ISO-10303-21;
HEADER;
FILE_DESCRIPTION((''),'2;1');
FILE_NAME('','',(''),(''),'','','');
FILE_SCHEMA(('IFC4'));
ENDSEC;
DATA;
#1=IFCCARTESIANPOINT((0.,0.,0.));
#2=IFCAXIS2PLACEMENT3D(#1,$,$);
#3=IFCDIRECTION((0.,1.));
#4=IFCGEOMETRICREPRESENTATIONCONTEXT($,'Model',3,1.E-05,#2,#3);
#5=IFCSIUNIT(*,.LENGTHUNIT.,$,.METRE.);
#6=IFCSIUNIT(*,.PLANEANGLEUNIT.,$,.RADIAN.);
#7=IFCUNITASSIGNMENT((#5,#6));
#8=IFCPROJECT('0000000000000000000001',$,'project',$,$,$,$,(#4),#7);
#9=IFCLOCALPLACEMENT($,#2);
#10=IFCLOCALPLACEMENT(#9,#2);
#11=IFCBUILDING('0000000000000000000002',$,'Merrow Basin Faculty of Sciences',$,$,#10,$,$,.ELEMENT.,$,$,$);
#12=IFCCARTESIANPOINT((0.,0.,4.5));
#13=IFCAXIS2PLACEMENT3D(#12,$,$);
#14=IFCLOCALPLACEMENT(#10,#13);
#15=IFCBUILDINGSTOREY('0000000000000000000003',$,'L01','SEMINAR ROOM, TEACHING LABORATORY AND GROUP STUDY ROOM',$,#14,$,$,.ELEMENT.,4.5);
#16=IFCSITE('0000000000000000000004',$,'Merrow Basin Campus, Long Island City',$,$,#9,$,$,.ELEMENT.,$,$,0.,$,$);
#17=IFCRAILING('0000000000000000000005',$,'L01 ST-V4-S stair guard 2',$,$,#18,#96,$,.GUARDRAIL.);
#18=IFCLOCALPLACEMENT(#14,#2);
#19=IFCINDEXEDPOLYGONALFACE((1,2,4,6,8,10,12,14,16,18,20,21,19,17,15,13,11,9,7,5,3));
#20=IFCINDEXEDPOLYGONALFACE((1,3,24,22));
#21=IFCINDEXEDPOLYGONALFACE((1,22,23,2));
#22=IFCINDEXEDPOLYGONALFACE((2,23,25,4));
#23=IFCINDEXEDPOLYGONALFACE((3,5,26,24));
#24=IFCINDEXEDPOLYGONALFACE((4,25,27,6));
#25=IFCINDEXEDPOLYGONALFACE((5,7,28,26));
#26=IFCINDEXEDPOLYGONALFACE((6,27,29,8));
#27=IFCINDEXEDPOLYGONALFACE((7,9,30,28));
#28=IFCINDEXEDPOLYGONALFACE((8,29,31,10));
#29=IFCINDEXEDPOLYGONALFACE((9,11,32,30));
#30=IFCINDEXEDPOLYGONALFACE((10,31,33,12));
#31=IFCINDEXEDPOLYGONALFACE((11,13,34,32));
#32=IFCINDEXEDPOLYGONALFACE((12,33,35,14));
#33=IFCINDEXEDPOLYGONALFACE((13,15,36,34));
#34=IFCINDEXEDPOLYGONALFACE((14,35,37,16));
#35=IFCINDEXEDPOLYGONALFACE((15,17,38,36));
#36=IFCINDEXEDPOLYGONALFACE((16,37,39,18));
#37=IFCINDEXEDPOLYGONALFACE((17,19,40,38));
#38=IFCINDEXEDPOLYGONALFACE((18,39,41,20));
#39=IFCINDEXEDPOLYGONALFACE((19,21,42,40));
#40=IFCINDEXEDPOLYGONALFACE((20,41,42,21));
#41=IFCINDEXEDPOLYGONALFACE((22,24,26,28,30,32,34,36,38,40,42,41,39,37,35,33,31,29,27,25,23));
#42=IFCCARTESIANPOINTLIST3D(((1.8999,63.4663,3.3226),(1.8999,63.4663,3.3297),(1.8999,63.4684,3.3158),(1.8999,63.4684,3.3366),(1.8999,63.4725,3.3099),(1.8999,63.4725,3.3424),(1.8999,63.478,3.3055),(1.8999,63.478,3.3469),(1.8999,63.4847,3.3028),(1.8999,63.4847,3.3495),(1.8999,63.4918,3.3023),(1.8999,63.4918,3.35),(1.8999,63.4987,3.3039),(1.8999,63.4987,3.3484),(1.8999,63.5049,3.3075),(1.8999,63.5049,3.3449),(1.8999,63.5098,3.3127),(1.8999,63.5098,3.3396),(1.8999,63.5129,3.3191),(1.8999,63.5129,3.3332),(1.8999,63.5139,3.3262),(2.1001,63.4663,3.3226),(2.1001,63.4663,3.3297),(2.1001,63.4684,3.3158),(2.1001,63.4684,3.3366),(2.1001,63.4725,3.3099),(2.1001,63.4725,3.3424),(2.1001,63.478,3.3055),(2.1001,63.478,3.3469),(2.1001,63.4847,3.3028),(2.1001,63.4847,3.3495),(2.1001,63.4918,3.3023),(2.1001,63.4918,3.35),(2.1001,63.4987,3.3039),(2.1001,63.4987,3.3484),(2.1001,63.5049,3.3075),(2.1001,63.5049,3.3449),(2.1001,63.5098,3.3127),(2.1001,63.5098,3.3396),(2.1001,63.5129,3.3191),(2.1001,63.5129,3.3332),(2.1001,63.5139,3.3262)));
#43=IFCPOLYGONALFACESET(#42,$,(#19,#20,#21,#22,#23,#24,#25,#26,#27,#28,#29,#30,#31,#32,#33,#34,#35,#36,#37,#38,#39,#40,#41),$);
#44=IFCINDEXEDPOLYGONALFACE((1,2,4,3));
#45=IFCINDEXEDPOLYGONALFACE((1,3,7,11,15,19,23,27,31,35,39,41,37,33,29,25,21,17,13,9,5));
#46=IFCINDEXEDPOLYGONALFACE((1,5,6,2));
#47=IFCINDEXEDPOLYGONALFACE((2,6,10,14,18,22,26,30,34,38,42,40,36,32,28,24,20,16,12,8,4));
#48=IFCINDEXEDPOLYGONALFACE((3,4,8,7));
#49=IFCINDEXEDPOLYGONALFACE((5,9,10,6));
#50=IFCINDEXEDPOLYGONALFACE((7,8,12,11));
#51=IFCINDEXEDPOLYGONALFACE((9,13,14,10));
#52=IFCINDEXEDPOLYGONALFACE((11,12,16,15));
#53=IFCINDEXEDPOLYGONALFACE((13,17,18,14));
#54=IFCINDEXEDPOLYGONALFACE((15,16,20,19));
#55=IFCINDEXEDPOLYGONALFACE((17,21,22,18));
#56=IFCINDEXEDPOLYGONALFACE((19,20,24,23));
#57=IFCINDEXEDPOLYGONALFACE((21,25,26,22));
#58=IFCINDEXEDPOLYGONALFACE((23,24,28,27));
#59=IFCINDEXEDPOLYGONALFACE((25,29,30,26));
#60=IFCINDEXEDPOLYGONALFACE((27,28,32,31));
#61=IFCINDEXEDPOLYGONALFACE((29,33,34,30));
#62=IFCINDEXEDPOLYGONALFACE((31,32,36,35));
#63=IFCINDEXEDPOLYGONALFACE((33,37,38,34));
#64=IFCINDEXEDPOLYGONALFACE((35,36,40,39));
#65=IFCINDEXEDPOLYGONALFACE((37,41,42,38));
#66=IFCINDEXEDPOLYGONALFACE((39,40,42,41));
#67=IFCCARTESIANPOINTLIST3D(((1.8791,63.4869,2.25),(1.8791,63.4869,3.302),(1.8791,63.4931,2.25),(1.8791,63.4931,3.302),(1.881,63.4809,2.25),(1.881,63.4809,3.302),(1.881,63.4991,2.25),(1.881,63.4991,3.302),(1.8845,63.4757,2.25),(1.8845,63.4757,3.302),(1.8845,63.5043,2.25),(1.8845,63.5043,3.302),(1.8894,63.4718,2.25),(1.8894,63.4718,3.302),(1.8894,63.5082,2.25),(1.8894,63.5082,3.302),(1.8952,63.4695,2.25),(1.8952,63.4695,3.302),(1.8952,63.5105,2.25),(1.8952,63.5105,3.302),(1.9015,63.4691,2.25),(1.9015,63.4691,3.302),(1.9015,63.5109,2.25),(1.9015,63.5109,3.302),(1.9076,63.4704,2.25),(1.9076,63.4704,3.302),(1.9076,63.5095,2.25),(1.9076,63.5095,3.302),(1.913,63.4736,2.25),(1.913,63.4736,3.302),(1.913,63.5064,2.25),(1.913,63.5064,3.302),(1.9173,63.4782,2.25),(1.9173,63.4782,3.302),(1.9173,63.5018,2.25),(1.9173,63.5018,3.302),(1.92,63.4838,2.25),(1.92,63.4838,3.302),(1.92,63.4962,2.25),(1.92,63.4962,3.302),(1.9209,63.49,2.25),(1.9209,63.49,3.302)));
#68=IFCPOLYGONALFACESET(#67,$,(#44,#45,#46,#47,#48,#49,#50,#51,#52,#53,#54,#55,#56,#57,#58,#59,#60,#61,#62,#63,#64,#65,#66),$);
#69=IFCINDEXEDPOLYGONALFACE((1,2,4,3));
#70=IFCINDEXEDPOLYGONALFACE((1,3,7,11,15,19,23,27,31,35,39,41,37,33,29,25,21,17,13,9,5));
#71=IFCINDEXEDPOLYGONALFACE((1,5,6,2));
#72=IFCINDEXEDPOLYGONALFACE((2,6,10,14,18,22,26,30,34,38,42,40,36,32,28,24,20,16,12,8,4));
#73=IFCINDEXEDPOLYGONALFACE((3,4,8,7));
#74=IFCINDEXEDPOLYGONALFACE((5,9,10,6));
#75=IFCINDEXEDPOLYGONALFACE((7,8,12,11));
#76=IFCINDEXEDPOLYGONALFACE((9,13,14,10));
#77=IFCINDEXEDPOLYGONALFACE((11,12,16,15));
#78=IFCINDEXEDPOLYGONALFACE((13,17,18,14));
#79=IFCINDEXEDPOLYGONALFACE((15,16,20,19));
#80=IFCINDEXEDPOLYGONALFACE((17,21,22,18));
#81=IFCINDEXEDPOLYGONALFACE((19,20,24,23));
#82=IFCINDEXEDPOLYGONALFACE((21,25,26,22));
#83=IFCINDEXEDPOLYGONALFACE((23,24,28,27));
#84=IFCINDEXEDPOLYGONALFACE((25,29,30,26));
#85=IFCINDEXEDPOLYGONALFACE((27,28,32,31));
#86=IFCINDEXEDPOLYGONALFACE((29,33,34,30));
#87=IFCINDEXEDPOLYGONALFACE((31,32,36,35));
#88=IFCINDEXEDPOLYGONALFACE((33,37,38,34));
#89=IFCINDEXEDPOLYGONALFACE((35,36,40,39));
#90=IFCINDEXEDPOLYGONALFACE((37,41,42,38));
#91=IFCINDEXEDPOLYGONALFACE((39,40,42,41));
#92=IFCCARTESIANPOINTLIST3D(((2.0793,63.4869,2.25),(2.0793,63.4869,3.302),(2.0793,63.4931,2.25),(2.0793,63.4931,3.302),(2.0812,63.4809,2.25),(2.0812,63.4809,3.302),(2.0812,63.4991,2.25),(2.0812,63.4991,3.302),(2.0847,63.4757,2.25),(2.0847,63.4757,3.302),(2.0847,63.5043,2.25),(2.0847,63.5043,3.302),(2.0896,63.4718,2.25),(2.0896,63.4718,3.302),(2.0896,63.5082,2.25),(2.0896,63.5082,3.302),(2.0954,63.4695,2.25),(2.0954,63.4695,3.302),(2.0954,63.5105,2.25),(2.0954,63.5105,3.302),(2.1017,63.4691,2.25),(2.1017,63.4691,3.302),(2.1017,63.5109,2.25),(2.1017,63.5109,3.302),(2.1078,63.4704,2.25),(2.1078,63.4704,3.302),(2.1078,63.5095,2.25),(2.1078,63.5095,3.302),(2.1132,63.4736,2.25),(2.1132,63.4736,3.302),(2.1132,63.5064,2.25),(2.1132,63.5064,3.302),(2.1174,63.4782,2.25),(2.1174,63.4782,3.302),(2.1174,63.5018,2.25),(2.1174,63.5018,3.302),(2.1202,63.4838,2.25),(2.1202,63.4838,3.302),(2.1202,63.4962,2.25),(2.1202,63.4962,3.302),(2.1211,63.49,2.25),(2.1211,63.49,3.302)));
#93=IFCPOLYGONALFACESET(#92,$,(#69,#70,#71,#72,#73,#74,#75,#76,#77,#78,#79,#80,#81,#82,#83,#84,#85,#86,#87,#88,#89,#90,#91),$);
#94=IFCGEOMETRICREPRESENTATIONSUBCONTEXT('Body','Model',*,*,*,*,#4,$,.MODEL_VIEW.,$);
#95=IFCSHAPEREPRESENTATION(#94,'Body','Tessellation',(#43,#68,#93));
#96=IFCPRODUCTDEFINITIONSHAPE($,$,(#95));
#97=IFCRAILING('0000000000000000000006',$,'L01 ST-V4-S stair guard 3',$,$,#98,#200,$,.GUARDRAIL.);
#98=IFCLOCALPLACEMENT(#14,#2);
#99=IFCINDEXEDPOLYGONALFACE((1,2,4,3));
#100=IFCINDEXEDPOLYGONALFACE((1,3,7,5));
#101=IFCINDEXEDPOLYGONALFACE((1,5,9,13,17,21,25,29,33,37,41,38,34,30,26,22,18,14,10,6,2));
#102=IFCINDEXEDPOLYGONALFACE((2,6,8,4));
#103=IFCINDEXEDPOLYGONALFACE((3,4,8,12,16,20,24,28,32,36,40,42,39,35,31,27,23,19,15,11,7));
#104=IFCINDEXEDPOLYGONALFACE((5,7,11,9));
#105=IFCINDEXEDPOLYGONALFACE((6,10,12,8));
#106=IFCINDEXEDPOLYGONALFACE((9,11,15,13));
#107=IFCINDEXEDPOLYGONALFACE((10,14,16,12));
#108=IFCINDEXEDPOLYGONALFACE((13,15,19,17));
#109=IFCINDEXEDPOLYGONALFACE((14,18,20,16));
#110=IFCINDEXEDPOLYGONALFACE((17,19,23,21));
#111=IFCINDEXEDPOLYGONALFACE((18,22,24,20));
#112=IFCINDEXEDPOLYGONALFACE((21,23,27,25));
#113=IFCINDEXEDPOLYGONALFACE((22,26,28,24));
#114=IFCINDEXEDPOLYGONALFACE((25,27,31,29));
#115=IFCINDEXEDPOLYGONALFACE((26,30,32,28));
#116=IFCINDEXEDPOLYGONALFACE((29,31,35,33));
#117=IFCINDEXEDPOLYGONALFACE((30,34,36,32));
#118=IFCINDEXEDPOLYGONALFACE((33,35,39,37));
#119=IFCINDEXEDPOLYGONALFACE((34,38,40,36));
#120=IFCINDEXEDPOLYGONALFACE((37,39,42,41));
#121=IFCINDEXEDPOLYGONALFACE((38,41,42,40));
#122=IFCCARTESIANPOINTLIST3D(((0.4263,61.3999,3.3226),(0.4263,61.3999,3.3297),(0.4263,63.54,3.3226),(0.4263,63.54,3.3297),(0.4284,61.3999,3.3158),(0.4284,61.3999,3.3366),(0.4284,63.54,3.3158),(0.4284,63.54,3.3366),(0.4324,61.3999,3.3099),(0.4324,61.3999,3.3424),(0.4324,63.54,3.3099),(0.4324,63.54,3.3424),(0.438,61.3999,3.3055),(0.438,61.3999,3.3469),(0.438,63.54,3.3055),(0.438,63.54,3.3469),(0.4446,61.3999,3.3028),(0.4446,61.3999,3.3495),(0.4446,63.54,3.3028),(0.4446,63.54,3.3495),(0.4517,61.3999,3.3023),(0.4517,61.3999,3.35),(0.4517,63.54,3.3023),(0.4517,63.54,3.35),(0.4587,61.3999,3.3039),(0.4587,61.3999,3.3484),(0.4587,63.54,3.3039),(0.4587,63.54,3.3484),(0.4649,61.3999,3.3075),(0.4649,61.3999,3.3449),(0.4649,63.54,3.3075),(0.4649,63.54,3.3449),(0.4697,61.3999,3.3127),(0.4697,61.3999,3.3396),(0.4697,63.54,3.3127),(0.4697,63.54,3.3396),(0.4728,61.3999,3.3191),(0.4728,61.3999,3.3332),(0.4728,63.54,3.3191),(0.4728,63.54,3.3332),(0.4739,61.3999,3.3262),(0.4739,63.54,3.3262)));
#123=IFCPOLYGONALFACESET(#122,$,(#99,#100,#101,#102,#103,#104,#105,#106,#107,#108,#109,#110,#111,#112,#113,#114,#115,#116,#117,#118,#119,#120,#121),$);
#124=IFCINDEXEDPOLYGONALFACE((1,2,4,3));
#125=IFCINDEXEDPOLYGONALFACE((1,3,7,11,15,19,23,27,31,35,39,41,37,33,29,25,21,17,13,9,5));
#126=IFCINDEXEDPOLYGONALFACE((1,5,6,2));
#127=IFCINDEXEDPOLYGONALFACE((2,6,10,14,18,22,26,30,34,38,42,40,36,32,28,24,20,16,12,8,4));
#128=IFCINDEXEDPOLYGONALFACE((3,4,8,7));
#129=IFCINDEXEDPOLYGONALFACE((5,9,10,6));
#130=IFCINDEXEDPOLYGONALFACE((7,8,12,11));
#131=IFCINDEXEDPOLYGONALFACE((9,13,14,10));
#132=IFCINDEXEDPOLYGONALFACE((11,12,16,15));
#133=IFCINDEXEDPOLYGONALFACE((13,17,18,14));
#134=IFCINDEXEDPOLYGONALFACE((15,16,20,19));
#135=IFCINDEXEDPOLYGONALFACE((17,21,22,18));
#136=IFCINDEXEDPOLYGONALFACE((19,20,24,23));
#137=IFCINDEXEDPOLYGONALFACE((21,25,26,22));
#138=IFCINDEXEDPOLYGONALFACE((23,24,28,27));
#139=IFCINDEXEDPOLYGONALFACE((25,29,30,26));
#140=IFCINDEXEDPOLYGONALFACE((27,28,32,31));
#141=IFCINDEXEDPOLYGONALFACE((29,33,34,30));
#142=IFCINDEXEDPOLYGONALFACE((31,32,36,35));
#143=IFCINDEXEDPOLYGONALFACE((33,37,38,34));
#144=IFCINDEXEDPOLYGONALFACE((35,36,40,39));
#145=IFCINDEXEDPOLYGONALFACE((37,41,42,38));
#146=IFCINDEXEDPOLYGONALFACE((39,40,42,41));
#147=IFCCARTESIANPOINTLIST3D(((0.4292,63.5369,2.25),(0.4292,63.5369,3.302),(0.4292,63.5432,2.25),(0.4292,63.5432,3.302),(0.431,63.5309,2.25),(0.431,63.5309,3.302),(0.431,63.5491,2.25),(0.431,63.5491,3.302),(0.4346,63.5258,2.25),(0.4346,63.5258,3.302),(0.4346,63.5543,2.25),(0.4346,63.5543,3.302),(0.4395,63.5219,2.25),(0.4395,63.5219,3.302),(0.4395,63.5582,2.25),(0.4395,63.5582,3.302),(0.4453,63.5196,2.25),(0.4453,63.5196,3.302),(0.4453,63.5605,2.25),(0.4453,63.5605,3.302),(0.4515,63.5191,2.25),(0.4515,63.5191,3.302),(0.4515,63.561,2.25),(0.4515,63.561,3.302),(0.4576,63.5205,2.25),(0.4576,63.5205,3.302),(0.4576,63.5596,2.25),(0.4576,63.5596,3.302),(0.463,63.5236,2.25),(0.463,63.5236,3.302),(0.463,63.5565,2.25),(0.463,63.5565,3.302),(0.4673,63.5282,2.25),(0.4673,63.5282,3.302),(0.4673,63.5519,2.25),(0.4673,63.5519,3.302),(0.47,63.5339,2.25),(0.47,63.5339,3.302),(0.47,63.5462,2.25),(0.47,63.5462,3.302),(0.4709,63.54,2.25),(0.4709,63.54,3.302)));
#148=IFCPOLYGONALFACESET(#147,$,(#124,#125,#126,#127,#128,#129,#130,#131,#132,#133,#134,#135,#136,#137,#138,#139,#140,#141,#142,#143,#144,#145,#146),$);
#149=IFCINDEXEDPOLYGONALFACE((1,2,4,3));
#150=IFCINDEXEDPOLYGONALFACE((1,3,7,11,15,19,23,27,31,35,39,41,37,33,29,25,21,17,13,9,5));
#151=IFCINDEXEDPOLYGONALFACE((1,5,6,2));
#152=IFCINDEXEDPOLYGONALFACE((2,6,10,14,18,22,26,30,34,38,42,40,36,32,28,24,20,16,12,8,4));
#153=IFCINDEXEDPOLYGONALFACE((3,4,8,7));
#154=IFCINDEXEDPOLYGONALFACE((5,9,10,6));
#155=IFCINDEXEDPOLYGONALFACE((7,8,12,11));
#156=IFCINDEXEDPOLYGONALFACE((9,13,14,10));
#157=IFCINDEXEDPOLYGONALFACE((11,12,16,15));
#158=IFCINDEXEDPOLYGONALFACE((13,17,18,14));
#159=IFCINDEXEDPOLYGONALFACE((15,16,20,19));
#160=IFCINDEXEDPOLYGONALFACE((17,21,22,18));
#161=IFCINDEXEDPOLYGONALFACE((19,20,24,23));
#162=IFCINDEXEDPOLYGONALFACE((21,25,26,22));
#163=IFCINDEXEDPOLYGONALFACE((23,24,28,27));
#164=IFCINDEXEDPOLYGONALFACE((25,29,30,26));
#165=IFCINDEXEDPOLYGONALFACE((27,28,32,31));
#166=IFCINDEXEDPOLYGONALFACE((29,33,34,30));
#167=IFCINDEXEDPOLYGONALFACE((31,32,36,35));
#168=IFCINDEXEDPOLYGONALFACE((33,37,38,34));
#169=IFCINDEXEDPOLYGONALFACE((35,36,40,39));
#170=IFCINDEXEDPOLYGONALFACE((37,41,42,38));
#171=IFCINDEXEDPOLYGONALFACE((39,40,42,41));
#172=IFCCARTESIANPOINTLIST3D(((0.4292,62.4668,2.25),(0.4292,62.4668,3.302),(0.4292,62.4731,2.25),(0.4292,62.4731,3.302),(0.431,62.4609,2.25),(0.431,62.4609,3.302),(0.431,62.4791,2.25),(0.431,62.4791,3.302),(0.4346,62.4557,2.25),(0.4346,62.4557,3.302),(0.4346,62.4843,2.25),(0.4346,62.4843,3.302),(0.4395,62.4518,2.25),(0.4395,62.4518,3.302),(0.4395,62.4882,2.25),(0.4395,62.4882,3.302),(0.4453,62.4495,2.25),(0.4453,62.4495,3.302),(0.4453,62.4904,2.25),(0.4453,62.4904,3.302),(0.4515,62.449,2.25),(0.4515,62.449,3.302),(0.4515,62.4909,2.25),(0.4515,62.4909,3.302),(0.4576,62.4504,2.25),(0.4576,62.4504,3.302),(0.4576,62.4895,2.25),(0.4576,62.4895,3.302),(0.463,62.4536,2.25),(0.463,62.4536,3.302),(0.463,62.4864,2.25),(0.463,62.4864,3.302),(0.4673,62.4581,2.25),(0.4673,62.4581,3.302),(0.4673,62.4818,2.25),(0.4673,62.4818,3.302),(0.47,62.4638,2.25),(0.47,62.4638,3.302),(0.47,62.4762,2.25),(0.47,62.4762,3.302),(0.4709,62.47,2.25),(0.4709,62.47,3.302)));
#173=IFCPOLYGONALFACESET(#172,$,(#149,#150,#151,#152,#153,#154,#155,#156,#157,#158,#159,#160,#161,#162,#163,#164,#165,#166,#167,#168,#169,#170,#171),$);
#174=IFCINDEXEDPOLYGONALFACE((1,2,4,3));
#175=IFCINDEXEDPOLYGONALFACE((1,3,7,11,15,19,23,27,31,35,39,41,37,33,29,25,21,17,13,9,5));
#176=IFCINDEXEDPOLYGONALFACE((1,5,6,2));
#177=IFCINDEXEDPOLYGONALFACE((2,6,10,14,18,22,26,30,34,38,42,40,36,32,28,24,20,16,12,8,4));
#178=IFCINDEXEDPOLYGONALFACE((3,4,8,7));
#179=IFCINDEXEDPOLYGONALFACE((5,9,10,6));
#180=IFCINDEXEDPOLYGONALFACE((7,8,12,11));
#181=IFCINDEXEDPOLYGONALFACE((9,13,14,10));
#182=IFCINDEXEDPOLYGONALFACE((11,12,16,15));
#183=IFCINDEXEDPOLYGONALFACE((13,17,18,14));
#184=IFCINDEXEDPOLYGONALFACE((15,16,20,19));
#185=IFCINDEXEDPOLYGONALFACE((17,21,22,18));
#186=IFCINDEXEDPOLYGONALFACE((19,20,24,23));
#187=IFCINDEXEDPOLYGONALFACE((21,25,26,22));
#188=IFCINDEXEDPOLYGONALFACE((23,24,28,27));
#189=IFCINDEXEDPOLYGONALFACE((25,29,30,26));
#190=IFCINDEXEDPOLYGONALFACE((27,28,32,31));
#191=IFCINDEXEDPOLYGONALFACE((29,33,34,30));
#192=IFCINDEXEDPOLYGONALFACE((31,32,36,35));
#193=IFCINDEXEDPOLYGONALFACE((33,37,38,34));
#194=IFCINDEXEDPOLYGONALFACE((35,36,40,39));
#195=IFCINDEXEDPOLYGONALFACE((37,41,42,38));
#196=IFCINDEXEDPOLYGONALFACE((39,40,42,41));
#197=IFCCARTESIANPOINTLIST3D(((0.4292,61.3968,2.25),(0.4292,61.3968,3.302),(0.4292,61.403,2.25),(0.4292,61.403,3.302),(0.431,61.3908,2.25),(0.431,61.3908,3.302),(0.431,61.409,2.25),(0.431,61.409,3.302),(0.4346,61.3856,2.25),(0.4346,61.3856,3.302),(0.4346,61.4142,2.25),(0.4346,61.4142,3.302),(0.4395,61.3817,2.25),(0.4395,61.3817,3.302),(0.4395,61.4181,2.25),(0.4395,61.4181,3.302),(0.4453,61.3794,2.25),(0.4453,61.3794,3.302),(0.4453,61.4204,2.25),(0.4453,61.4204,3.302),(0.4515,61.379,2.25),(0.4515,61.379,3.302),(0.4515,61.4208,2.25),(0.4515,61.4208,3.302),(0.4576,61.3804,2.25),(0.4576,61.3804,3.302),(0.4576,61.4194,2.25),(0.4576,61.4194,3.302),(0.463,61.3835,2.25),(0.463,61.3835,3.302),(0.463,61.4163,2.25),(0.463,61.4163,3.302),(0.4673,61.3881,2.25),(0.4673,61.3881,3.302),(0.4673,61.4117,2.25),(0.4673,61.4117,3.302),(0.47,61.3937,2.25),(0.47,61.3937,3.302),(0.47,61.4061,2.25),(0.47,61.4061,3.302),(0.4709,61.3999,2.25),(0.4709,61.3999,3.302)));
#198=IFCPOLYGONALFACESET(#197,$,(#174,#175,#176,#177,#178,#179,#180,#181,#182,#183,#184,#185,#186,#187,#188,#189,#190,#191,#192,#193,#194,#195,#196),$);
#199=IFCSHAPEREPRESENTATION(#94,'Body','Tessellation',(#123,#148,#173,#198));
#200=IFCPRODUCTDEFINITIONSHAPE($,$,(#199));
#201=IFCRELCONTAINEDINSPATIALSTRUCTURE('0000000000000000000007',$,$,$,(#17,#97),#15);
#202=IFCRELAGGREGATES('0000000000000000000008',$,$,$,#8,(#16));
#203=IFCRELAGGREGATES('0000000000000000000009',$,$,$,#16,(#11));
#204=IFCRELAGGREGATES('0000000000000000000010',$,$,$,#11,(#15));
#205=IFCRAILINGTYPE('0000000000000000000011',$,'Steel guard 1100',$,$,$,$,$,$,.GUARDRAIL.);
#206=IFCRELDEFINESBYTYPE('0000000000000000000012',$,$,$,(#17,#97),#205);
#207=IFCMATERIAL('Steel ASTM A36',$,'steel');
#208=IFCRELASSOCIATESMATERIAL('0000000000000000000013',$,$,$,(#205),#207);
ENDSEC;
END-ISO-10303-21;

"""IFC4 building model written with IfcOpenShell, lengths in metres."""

from ifc_helpers import new_model, si_unit, direction, frame, origin, origin_2d, place, context, subcontext, project, spatial, circle, extrude, material, type_object, element, save


model = new_model("IFC4")

# Units and contexts
model_context = context("Model", 3, precision=1e-05, world=origin(), true_north=direction((0.0, 1.0)))
body_context = subcontext(model_context, "Body", "Model", "MODEL_VIEW")
ifc_project = project(units=[si_unit("LENGTHUNIT", "METRE"), si_unit("PLANEANGLEUNIT", "RADIAN")], contexts=[model_context])

# Site, building, storey
site_placement = place(None, origin())
site = spatial("IfcSite", under=ifc_project, at=site_placement, Name="Merrow Basin Campus, Long Island City", CompositionType="ELEMENT", RefElevation=0.0)
building_placement = place(site_placement, origin())
building = spatial("IfcBuilding", under=site, at=building_placement, Name="Merrow Basin Faculty of Sciences", CompositionType="ELEMENT")
storey_placement = place(building_placement, frame((0.0, 0.0, 4.5)))
storey = spatial("IfcBuildingStorey", under=building, at=storey_placement, Name="L01", Description="SEMINAR ROOM, TEACHING LABORATORY AND GROUP STUDY ROOM", CompositionType="ELEMENT", Elevation=4.5)

# Railings
ifc_material_1 = material(Name="Steel ASTM A36", Category="steel")
railing_type_1 = type_object("IfcRailingType", Name="Steel guard 1100", PredefinedType="GUARDRAIL", material=ifc_material_1)
railing_1_placement = place(storey_placement, frame((1.8999, 63.49, 2.25)))
element("IfcRailing", 1, at=railing_1_placement, inside=storey, type_object=railing_type_1, Name="L01 ST-V4-S stair guard 2", PredefinedType="GUARDRAIL", context=body_context, shape_type="SweptSolid", body=[
    extrude(circle(Radius=0.0239, at=origin_2d()), frame((0.0, 0.0, 1.0762), z_axis=(1.0, 0.0, 0.0), x_axis=(0.0, 1.0, 0.0)), (0.0, 0.0, 1.0), 0.2002),
    extrude(circle(Radius=0.021, at=origin_2d()), origin(), (0.0, 0.0, 1.0), 1.052),
    extrude(circle(Radius=0.021, at=origin_2d()), frame((0.2002, 0.0, 0.0)), (0.0, 0.0, 1.0), 1.052),
])
railing_2_placement = place(storey_placement, frame((0.45, 63.54, 2.25)))
element("IfcRailing", 2, at=railing_2_placement, inside=storey, type_object=railing_type_1, Name="L01 ST-V4-S stair guard 3", PredefinedType="GUARDRAIL", context=body_context, shape_type="SweptSolid", body=[
    extrude(circle(Radius=0.0239, at=origin_2d()), frame((0.0, 0.0, 1.0762), z_axis=(0.0, -1.0, 0.0), x_axis=(1.0, 0.0, 0.0)), (0.0, 0.0, 1.0), 2.1401),
    extrude(circle(Radius=0.021, at=origin_2d()), origin(), (0.0, 0.0, 1.0), 1.052),
    extrude(circle(Radius=0.021, at=origin_2d()), frame((0.0, -1.0701, 0.0)), (0.0, 0.0, 1.0), 1.052),
    extrude(circle(Radius=0.021, at=origin_2d()), frame((0.0, -2.1401, 0.0)), (0.0, 0.0, 1.0), 1.052),
])

save(model, "model.ifc")
